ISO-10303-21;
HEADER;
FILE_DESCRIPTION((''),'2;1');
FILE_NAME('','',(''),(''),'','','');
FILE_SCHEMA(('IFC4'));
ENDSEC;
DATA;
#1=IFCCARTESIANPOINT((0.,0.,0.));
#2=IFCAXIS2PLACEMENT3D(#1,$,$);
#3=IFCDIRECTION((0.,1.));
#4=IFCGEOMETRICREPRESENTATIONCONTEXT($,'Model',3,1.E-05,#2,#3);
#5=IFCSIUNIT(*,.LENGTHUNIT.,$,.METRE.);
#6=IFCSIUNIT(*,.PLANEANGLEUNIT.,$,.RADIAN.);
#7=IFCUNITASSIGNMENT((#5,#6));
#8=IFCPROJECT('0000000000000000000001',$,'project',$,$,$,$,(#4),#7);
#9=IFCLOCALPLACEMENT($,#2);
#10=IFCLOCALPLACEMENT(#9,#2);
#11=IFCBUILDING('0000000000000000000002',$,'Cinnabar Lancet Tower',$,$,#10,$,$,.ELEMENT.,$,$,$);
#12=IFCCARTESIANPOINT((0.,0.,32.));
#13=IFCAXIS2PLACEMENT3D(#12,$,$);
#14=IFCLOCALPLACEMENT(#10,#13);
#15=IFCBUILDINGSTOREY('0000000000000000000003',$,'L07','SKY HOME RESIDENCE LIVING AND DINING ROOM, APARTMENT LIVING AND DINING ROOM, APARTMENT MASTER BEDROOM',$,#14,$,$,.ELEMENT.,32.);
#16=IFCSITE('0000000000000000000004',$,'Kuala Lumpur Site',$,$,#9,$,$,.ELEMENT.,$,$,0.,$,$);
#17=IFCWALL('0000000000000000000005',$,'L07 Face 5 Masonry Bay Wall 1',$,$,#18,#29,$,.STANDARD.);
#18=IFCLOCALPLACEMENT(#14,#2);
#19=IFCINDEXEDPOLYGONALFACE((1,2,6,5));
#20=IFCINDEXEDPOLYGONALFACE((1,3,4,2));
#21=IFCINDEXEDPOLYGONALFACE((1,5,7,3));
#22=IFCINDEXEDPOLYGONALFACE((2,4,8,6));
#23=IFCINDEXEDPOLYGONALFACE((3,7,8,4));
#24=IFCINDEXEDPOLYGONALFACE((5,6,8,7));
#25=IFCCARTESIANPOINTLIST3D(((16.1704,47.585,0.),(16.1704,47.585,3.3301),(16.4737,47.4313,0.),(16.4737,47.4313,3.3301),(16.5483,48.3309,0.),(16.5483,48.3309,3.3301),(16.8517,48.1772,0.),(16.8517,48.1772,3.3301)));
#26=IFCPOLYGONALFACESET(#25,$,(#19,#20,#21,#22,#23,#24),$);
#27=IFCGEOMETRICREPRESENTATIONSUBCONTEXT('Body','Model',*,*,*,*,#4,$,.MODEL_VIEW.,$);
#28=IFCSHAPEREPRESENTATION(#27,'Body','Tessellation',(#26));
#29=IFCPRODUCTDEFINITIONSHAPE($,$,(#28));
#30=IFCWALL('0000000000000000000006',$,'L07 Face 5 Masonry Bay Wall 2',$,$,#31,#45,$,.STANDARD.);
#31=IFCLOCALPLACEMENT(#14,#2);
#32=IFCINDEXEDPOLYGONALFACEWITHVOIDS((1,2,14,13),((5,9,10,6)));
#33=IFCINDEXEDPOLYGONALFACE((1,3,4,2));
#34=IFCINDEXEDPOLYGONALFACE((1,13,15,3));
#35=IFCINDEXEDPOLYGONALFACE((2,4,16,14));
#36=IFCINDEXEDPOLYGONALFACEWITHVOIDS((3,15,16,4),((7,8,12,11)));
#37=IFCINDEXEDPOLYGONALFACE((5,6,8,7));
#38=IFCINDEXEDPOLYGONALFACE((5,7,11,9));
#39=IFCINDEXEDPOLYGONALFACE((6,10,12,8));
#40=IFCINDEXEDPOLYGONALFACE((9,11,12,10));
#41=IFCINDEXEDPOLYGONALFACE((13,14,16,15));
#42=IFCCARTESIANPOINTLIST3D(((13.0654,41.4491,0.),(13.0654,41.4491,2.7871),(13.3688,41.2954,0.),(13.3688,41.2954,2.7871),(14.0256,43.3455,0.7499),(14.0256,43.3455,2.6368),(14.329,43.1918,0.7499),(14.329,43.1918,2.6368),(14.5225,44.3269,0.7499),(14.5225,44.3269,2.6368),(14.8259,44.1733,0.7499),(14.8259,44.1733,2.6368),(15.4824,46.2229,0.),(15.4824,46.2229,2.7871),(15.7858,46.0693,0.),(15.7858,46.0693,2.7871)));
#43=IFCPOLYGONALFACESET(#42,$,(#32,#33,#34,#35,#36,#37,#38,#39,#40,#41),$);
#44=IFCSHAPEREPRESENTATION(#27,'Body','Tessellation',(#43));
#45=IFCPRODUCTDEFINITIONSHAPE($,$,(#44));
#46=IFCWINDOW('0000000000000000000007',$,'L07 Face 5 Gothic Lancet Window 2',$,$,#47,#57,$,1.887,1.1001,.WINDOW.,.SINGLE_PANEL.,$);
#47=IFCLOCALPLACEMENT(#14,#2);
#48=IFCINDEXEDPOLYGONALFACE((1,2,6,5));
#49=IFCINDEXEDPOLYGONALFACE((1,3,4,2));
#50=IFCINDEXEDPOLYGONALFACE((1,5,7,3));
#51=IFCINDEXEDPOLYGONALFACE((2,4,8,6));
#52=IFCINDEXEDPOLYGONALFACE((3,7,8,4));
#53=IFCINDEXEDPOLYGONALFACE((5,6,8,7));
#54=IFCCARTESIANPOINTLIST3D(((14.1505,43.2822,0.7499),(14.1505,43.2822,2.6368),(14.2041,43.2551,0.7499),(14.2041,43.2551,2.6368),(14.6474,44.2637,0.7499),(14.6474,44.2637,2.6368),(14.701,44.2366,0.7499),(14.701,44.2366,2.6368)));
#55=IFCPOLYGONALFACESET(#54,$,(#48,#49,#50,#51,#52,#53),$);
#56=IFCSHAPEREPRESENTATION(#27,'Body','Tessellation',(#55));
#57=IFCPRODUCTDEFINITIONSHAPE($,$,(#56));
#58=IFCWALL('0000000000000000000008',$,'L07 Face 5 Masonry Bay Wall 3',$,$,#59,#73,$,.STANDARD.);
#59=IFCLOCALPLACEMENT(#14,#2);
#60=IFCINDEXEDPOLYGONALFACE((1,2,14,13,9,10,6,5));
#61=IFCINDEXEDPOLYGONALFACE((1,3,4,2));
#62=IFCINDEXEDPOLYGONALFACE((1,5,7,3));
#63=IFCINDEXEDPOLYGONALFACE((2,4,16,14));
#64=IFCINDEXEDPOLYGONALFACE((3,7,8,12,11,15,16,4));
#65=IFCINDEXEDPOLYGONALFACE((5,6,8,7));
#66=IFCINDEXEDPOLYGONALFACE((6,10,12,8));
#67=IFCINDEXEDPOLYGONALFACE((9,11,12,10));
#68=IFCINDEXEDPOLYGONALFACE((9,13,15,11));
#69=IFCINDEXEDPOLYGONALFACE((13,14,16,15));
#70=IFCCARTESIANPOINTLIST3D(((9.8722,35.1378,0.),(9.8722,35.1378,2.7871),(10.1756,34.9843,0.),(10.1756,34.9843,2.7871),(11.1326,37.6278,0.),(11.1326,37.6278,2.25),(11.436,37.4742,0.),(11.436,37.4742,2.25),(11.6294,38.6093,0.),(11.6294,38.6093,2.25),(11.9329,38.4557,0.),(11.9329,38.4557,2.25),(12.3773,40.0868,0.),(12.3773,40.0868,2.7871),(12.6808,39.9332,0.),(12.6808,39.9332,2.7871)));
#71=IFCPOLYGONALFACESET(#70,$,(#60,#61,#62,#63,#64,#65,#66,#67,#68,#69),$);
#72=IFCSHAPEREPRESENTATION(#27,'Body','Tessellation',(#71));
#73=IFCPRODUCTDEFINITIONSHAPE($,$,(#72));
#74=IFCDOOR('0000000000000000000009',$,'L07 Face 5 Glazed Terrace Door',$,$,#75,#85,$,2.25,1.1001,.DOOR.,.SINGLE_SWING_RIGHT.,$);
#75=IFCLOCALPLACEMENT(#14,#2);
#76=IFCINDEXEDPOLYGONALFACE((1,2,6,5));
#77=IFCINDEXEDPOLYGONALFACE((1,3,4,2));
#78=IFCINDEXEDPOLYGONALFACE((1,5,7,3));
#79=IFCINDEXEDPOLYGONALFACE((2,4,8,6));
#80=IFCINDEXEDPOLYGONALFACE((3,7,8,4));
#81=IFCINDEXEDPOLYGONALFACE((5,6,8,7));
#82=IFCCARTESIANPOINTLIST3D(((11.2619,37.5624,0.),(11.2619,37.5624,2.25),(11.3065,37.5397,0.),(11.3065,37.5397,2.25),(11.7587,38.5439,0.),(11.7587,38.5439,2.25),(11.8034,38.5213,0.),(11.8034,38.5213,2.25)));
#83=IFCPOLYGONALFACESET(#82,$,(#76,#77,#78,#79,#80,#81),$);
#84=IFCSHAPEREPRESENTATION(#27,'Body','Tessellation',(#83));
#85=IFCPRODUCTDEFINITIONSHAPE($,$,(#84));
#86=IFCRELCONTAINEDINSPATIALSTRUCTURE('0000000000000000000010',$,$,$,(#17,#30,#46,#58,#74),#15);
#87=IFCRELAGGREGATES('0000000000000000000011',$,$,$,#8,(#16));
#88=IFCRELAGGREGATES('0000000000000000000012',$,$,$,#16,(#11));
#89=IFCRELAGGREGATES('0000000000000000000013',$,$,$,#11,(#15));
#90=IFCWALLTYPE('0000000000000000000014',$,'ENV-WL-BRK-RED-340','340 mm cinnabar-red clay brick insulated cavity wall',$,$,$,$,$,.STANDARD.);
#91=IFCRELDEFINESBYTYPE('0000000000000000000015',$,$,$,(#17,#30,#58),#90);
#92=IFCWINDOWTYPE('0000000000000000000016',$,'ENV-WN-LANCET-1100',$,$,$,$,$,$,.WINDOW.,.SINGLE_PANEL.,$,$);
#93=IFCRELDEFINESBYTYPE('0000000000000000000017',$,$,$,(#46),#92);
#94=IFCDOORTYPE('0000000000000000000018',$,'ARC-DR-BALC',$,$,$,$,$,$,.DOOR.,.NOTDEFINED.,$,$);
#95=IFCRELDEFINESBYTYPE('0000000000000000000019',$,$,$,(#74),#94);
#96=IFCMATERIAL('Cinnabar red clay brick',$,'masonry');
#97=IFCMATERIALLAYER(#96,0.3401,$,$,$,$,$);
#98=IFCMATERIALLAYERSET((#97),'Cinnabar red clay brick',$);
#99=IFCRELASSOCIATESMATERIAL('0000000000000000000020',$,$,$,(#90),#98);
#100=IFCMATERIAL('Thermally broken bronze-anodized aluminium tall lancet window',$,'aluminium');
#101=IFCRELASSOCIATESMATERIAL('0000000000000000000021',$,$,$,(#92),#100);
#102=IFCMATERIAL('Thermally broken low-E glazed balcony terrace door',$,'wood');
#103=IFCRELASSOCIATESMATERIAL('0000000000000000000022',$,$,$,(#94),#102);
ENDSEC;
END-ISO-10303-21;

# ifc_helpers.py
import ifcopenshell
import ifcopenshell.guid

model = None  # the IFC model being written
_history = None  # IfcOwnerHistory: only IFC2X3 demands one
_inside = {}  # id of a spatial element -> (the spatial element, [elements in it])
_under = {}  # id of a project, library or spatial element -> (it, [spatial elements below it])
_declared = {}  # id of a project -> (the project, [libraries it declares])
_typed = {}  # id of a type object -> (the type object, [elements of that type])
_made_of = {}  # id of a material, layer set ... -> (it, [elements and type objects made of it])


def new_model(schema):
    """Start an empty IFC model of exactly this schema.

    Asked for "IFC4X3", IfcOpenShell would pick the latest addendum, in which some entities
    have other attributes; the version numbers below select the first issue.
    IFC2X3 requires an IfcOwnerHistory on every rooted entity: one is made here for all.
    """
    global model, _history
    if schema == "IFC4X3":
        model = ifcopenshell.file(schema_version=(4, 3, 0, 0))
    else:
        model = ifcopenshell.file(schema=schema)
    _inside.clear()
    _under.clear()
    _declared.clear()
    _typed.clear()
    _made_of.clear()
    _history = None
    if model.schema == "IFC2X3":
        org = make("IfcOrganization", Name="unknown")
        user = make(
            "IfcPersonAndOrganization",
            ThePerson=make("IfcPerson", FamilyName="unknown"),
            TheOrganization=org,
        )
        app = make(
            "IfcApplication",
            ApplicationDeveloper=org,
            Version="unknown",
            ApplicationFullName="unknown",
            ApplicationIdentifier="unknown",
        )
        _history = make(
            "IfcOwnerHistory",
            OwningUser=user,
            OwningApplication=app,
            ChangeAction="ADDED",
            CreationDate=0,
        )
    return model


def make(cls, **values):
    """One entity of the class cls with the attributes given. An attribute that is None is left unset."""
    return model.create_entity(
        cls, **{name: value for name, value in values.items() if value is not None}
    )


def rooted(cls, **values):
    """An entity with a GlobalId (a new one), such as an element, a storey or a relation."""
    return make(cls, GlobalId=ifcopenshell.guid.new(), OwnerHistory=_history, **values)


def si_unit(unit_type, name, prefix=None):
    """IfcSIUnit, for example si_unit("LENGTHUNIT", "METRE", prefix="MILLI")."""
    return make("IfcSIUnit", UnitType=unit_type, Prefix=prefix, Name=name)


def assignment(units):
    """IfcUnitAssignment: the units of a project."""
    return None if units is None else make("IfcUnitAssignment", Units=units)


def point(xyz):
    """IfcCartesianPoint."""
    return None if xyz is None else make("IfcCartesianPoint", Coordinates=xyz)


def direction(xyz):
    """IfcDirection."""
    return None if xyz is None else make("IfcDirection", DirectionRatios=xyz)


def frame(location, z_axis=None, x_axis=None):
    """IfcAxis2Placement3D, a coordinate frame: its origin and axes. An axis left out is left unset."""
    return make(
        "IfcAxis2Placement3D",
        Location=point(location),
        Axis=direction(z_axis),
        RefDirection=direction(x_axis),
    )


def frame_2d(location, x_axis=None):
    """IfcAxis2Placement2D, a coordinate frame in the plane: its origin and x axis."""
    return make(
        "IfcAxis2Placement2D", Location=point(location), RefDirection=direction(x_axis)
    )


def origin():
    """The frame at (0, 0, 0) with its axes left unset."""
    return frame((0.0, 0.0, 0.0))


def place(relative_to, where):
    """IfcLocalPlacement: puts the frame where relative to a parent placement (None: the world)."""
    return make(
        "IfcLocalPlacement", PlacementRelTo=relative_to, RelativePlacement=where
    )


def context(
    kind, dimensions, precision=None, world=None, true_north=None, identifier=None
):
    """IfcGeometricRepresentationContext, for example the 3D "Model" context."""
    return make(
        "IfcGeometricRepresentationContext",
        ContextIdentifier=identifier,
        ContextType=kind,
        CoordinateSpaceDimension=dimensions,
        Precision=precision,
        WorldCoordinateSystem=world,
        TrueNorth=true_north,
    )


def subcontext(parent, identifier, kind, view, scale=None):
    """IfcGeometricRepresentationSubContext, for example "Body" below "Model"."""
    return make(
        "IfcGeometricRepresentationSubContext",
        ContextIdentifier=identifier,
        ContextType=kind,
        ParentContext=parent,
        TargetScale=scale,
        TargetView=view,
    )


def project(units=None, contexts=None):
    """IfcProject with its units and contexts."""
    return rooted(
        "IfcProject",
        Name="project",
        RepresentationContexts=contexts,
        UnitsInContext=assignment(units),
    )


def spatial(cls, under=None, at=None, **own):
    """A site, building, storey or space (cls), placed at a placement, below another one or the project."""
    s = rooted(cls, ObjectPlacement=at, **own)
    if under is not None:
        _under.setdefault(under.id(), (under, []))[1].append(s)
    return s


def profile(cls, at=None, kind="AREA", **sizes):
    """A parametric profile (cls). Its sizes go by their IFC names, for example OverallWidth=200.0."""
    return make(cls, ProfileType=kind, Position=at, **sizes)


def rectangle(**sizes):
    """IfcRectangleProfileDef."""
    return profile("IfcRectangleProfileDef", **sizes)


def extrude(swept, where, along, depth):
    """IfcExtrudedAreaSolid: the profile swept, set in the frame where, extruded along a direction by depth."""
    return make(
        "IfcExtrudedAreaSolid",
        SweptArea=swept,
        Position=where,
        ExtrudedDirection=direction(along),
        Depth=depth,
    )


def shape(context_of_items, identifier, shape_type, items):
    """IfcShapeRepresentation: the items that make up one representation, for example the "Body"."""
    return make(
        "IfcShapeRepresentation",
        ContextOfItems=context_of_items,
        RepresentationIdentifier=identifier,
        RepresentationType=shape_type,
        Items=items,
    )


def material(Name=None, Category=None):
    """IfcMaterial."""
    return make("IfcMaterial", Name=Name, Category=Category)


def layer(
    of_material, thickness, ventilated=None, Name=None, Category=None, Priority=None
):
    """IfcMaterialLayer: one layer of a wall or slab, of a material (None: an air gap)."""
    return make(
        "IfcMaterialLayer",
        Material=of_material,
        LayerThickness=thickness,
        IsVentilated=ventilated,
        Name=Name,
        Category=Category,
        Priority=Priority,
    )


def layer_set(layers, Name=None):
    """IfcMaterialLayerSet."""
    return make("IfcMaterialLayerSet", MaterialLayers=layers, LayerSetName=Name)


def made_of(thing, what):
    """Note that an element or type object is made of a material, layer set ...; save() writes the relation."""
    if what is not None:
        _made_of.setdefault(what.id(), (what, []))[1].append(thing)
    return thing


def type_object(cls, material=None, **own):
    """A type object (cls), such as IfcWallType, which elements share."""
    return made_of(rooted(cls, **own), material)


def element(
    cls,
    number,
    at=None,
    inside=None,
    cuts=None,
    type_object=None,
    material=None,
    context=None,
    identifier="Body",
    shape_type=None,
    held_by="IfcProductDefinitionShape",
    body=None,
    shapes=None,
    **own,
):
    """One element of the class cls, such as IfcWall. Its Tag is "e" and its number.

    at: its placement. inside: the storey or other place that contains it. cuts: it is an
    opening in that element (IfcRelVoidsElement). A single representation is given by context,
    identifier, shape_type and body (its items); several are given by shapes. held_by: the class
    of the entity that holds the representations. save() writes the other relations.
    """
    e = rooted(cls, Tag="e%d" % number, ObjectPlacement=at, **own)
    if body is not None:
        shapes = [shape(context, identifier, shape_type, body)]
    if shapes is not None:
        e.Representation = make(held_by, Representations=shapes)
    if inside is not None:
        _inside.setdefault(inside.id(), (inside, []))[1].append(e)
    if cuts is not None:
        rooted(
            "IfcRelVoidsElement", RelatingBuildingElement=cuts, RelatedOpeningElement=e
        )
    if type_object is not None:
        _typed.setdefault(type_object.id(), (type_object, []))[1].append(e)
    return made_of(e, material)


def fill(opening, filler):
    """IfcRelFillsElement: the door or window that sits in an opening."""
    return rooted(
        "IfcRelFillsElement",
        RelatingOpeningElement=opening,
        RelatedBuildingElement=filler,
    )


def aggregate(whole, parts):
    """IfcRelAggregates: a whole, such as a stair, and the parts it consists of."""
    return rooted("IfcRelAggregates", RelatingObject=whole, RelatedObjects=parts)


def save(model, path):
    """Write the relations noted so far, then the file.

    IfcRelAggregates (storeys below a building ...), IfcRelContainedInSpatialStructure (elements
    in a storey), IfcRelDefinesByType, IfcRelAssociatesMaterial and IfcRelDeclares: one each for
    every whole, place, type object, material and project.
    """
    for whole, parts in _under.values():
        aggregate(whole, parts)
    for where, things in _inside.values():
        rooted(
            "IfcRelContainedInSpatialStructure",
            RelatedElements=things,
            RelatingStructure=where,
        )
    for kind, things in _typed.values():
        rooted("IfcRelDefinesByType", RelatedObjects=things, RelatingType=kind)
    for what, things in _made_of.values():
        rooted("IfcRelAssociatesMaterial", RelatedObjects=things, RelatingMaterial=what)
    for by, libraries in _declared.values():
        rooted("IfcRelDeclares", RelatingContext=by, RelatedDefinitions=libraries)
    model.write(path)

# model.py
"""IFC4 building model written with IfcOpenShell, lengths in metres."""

from ifc_helpers import new_model, si_unit, direction, frame, frame_2d, origin, place, context, subcontext, project, spatial, rectangle, extrude, material, layer, layer_set, type_object, element, fill, save


model = new_model("IFC4")

# Units and contexts
model_context = context("Model", 3, precision=1e-05, world=origin(), true_north=direction((0.0, 1.0)))
body_context = subcontext(model_context, "Body", "Model", "MODEL_VIEW")
ifc_project = project(units=[si_unit("LENGTHUNIT", "METRE"), si_unit("PLANEANGLEUNIT", "RADIAN")], contexts=[model_context])

# Site, building, storey
site_placement = place(None, origin())
site = spatial("IfcSite", under=ifc_project, at=site_placement, Name="Kuala Lumpur Site", CompositionType="ELEMENT", RefElevation=0.0)
building_placement = place(site_placement, origin())
building = spatial("IfcBuilding", under=site, at=building_placement, Name="Cinnabar Lancet Tower", CompositionType="ELEMENT")
storey_placement = place(building_placement, frame((0.0, 0.0, 32.0)))
storey = spatial("IfcBuildingStorey", under=building, at=storey_placement, Name="L07", Description="SKY HOME RESIDENCE LIVING AND DINING ROOM, APARTMENT LIVING AND DINING ROOM, APARTMENT MASTER BEDROOM", CompositionType="ELEMENT", Elevation=32.0)

# Wall
ifc_material_1 = material(Name="Cinnabar red clay brick", Category="masonry")
ifc_layer_1 = layer(ifc_material_1, 0.3401)
ifc_layer_set_1 = layer_set([ifc_layer_1], Name="Cinnabar red clay brick")
wall_type_1 = type_object("IfcWallType", Name="ENV-WL-BRK-RED-340", Description="340 mm cinnabar-red clay brick insulated cavity wall", PredefinedType="STANDARD", material=ifc_layer_set_1)
wall_1_placement = place(storey_placement, frame((16.7, 48.2539, 0.0), z_axis=(0.0, 0.0, 1.0), x_axis=(-0.451996, -0.89202, 0.0)))
element("IfcWall", 1, at=wall_1_placement, inside=storey, type_object=wall_type_1, Name="L07 Face 5 Masonry Bay Wall 1", PredefinedType="STANDARD", context=body_context, shape_type="SweptSolid", body=[
    extrude(rectangle(XDim=0.8362, YDim=0.3401, at=frame_2d((0.418, 0.0))), origin(), (0.0, 0.0, 1.0), 3.3301),
])

# Wall, opening, window
wall_2_placement = place(storey_placement, frame((15.634, 46.146, 0.0), z_axis=(0.0, 0.0, 1.0), x_axis=(-0.451698, -0.892171, 0.0)))
wall_2 = element("IfcWall", 2, at=wall_2_placement, inside=storey, type_object=wall_type_1, Name="L07 Face 5 Masonry Bay Wall 2", PredefinedType="STANDARD", context=body_context, shape_type="SweptSolid", body=[
    extrude(rectangle(XDim=5.3508, YDim=0.3401, at=frame_2d((2.6753, 0.0))), origin(), (0.0, 0.0, 1.0), 2.7871),
])
opening_1_placement = place(wall_2_placement, frame((2.125, 0.0, 0.75)))
opening_1 = element("IfcOpeningElement", 3, at=opening_1_placement, cuts=wall_2, PredefinedType="OPENING", context=body_context, shape_type="SweptSolid", body=[
    extrude(rectangle(XDim=1.1001, YDim=1.887, at=frame_2d((0.55, 0.9434))), frame((0.0, 0.1799, 0.0), z_axis=(0.0, -1.0, 0.0), x_axis=(1.0, 0.0, 0.0)), (0.0, 0.0, 1.0), 0.3601),
])
ifc_material_2 = material(Name="Thermally broken bronze-anodized aluminium tall lancet window", Category="aluminium")
window_type = type_object("IfcWindowType", Name="ENV-WN-LANCET-1100", PartitioningType="SINGLE_PANEL", PredefinedType="WINDOW", material=ifc_material_2)
window_placement = place(opening_1_placement, origin())
window = element("IfcWindow", 4, at=window_placement, inside=storey, type_object=window_type, Name="L07 Face 5 Gothic Lancet Window 2", OverallHeight=1.887, OverallWidth=1.1001, PartitioningType="SINGLE_PANEL", PredefinedType="WINDOW", context=body_context, shape_type="SweptSolid", body=[
    extrude(rectangle(XDim=1.1001, YDim=1.887, at=frame_2d((0.55, 0.9434))), frame((0.0, 0.03, 0.0), z_axis=(0.0, -1.0, 0.0), x_axis=(1.0, 0.0, 0.0)), (0.0, 0.0, 1.0), 0.0601),
])
fill(opening_1, window)

# Wall, opening, door
wall_3_placement = place(storey_placement, frame((12.5291, 40.01, 0.0), z_axis=(0.0, 0.0, 1.0), x_axis=(-0.451627, -0.892207, 0.0)))
wall_3 = element("IfcWall", 5, at=wall_3_placement, inside=storey, type_object=wall_type_1, Name="L07 Face 5 Masonry Bay Wall 3", PredefinedType="STANDARD", context=body_context, shape_type="SweptSolid", body=[
    extrude(rectangle(XDim=5.5469, YDim=0.3401, at=frame_2d((2.7734, 0.0))), origin(), (0.0, 0.0, 1.0), 2.7871),
])
opening_2_placement = place(wall_3_placement, frame((1.656, 0.0, 0.0)))
opening_2 = element("IfcOpeningElement", 6, at=opening_2_placement, cuts=wall_3, PredefinedType="OPENING", context=body_context, shape_type="SweptSolid", body=[
    extrude(rectangle(XDim=1.1001, YDim=2.25, at=frame_2d((0.55, 1.125))), frame((0.0, 0.1799, 0.0), z_axis=(0.0, -1.0, 0.0), x_axis=(1.0, 0.0, 0.0)), (0.0, 0.0, 1.0), 0.3601),
])
ifc_material_3 = material(Name="Thermally broken low-E glazed balcony terrace door", Category="wood")
door_type = type_object("IfcDoorType", Name="ARC-DR-BALC", OperationType="NOTDEFINED", PredefinedType="DOOR", material=ifc_material_3)
door_placement = place(opening_2_placement, origin())
door = element("IfcDoor", 7, at=door_placement, inside=storey, type_object=door_type, Name="L07 Face 5 Glazed Terrace Door", OperationType="SINGLE_SWING_RIGHT", OverallHeight=2.25, OverallWidth=1.1001, PredefinedType="DOOR", context=body_context, shape_type="SweptSolid", body=[
    extrude(rectangle(XDim=1.1001, YDim=2.25, at=frame_2d((0.55, 1.125))), frame((0.0, 0.0249, 0.0), z_axis=(0.0, -1.0, 0.0), x_axis=(1.0, 0.0, 0.0)), (0.0, 0.0, 1.0), 0.05),
])
fill(opening_2, door)

save(model, "model.ifc")
